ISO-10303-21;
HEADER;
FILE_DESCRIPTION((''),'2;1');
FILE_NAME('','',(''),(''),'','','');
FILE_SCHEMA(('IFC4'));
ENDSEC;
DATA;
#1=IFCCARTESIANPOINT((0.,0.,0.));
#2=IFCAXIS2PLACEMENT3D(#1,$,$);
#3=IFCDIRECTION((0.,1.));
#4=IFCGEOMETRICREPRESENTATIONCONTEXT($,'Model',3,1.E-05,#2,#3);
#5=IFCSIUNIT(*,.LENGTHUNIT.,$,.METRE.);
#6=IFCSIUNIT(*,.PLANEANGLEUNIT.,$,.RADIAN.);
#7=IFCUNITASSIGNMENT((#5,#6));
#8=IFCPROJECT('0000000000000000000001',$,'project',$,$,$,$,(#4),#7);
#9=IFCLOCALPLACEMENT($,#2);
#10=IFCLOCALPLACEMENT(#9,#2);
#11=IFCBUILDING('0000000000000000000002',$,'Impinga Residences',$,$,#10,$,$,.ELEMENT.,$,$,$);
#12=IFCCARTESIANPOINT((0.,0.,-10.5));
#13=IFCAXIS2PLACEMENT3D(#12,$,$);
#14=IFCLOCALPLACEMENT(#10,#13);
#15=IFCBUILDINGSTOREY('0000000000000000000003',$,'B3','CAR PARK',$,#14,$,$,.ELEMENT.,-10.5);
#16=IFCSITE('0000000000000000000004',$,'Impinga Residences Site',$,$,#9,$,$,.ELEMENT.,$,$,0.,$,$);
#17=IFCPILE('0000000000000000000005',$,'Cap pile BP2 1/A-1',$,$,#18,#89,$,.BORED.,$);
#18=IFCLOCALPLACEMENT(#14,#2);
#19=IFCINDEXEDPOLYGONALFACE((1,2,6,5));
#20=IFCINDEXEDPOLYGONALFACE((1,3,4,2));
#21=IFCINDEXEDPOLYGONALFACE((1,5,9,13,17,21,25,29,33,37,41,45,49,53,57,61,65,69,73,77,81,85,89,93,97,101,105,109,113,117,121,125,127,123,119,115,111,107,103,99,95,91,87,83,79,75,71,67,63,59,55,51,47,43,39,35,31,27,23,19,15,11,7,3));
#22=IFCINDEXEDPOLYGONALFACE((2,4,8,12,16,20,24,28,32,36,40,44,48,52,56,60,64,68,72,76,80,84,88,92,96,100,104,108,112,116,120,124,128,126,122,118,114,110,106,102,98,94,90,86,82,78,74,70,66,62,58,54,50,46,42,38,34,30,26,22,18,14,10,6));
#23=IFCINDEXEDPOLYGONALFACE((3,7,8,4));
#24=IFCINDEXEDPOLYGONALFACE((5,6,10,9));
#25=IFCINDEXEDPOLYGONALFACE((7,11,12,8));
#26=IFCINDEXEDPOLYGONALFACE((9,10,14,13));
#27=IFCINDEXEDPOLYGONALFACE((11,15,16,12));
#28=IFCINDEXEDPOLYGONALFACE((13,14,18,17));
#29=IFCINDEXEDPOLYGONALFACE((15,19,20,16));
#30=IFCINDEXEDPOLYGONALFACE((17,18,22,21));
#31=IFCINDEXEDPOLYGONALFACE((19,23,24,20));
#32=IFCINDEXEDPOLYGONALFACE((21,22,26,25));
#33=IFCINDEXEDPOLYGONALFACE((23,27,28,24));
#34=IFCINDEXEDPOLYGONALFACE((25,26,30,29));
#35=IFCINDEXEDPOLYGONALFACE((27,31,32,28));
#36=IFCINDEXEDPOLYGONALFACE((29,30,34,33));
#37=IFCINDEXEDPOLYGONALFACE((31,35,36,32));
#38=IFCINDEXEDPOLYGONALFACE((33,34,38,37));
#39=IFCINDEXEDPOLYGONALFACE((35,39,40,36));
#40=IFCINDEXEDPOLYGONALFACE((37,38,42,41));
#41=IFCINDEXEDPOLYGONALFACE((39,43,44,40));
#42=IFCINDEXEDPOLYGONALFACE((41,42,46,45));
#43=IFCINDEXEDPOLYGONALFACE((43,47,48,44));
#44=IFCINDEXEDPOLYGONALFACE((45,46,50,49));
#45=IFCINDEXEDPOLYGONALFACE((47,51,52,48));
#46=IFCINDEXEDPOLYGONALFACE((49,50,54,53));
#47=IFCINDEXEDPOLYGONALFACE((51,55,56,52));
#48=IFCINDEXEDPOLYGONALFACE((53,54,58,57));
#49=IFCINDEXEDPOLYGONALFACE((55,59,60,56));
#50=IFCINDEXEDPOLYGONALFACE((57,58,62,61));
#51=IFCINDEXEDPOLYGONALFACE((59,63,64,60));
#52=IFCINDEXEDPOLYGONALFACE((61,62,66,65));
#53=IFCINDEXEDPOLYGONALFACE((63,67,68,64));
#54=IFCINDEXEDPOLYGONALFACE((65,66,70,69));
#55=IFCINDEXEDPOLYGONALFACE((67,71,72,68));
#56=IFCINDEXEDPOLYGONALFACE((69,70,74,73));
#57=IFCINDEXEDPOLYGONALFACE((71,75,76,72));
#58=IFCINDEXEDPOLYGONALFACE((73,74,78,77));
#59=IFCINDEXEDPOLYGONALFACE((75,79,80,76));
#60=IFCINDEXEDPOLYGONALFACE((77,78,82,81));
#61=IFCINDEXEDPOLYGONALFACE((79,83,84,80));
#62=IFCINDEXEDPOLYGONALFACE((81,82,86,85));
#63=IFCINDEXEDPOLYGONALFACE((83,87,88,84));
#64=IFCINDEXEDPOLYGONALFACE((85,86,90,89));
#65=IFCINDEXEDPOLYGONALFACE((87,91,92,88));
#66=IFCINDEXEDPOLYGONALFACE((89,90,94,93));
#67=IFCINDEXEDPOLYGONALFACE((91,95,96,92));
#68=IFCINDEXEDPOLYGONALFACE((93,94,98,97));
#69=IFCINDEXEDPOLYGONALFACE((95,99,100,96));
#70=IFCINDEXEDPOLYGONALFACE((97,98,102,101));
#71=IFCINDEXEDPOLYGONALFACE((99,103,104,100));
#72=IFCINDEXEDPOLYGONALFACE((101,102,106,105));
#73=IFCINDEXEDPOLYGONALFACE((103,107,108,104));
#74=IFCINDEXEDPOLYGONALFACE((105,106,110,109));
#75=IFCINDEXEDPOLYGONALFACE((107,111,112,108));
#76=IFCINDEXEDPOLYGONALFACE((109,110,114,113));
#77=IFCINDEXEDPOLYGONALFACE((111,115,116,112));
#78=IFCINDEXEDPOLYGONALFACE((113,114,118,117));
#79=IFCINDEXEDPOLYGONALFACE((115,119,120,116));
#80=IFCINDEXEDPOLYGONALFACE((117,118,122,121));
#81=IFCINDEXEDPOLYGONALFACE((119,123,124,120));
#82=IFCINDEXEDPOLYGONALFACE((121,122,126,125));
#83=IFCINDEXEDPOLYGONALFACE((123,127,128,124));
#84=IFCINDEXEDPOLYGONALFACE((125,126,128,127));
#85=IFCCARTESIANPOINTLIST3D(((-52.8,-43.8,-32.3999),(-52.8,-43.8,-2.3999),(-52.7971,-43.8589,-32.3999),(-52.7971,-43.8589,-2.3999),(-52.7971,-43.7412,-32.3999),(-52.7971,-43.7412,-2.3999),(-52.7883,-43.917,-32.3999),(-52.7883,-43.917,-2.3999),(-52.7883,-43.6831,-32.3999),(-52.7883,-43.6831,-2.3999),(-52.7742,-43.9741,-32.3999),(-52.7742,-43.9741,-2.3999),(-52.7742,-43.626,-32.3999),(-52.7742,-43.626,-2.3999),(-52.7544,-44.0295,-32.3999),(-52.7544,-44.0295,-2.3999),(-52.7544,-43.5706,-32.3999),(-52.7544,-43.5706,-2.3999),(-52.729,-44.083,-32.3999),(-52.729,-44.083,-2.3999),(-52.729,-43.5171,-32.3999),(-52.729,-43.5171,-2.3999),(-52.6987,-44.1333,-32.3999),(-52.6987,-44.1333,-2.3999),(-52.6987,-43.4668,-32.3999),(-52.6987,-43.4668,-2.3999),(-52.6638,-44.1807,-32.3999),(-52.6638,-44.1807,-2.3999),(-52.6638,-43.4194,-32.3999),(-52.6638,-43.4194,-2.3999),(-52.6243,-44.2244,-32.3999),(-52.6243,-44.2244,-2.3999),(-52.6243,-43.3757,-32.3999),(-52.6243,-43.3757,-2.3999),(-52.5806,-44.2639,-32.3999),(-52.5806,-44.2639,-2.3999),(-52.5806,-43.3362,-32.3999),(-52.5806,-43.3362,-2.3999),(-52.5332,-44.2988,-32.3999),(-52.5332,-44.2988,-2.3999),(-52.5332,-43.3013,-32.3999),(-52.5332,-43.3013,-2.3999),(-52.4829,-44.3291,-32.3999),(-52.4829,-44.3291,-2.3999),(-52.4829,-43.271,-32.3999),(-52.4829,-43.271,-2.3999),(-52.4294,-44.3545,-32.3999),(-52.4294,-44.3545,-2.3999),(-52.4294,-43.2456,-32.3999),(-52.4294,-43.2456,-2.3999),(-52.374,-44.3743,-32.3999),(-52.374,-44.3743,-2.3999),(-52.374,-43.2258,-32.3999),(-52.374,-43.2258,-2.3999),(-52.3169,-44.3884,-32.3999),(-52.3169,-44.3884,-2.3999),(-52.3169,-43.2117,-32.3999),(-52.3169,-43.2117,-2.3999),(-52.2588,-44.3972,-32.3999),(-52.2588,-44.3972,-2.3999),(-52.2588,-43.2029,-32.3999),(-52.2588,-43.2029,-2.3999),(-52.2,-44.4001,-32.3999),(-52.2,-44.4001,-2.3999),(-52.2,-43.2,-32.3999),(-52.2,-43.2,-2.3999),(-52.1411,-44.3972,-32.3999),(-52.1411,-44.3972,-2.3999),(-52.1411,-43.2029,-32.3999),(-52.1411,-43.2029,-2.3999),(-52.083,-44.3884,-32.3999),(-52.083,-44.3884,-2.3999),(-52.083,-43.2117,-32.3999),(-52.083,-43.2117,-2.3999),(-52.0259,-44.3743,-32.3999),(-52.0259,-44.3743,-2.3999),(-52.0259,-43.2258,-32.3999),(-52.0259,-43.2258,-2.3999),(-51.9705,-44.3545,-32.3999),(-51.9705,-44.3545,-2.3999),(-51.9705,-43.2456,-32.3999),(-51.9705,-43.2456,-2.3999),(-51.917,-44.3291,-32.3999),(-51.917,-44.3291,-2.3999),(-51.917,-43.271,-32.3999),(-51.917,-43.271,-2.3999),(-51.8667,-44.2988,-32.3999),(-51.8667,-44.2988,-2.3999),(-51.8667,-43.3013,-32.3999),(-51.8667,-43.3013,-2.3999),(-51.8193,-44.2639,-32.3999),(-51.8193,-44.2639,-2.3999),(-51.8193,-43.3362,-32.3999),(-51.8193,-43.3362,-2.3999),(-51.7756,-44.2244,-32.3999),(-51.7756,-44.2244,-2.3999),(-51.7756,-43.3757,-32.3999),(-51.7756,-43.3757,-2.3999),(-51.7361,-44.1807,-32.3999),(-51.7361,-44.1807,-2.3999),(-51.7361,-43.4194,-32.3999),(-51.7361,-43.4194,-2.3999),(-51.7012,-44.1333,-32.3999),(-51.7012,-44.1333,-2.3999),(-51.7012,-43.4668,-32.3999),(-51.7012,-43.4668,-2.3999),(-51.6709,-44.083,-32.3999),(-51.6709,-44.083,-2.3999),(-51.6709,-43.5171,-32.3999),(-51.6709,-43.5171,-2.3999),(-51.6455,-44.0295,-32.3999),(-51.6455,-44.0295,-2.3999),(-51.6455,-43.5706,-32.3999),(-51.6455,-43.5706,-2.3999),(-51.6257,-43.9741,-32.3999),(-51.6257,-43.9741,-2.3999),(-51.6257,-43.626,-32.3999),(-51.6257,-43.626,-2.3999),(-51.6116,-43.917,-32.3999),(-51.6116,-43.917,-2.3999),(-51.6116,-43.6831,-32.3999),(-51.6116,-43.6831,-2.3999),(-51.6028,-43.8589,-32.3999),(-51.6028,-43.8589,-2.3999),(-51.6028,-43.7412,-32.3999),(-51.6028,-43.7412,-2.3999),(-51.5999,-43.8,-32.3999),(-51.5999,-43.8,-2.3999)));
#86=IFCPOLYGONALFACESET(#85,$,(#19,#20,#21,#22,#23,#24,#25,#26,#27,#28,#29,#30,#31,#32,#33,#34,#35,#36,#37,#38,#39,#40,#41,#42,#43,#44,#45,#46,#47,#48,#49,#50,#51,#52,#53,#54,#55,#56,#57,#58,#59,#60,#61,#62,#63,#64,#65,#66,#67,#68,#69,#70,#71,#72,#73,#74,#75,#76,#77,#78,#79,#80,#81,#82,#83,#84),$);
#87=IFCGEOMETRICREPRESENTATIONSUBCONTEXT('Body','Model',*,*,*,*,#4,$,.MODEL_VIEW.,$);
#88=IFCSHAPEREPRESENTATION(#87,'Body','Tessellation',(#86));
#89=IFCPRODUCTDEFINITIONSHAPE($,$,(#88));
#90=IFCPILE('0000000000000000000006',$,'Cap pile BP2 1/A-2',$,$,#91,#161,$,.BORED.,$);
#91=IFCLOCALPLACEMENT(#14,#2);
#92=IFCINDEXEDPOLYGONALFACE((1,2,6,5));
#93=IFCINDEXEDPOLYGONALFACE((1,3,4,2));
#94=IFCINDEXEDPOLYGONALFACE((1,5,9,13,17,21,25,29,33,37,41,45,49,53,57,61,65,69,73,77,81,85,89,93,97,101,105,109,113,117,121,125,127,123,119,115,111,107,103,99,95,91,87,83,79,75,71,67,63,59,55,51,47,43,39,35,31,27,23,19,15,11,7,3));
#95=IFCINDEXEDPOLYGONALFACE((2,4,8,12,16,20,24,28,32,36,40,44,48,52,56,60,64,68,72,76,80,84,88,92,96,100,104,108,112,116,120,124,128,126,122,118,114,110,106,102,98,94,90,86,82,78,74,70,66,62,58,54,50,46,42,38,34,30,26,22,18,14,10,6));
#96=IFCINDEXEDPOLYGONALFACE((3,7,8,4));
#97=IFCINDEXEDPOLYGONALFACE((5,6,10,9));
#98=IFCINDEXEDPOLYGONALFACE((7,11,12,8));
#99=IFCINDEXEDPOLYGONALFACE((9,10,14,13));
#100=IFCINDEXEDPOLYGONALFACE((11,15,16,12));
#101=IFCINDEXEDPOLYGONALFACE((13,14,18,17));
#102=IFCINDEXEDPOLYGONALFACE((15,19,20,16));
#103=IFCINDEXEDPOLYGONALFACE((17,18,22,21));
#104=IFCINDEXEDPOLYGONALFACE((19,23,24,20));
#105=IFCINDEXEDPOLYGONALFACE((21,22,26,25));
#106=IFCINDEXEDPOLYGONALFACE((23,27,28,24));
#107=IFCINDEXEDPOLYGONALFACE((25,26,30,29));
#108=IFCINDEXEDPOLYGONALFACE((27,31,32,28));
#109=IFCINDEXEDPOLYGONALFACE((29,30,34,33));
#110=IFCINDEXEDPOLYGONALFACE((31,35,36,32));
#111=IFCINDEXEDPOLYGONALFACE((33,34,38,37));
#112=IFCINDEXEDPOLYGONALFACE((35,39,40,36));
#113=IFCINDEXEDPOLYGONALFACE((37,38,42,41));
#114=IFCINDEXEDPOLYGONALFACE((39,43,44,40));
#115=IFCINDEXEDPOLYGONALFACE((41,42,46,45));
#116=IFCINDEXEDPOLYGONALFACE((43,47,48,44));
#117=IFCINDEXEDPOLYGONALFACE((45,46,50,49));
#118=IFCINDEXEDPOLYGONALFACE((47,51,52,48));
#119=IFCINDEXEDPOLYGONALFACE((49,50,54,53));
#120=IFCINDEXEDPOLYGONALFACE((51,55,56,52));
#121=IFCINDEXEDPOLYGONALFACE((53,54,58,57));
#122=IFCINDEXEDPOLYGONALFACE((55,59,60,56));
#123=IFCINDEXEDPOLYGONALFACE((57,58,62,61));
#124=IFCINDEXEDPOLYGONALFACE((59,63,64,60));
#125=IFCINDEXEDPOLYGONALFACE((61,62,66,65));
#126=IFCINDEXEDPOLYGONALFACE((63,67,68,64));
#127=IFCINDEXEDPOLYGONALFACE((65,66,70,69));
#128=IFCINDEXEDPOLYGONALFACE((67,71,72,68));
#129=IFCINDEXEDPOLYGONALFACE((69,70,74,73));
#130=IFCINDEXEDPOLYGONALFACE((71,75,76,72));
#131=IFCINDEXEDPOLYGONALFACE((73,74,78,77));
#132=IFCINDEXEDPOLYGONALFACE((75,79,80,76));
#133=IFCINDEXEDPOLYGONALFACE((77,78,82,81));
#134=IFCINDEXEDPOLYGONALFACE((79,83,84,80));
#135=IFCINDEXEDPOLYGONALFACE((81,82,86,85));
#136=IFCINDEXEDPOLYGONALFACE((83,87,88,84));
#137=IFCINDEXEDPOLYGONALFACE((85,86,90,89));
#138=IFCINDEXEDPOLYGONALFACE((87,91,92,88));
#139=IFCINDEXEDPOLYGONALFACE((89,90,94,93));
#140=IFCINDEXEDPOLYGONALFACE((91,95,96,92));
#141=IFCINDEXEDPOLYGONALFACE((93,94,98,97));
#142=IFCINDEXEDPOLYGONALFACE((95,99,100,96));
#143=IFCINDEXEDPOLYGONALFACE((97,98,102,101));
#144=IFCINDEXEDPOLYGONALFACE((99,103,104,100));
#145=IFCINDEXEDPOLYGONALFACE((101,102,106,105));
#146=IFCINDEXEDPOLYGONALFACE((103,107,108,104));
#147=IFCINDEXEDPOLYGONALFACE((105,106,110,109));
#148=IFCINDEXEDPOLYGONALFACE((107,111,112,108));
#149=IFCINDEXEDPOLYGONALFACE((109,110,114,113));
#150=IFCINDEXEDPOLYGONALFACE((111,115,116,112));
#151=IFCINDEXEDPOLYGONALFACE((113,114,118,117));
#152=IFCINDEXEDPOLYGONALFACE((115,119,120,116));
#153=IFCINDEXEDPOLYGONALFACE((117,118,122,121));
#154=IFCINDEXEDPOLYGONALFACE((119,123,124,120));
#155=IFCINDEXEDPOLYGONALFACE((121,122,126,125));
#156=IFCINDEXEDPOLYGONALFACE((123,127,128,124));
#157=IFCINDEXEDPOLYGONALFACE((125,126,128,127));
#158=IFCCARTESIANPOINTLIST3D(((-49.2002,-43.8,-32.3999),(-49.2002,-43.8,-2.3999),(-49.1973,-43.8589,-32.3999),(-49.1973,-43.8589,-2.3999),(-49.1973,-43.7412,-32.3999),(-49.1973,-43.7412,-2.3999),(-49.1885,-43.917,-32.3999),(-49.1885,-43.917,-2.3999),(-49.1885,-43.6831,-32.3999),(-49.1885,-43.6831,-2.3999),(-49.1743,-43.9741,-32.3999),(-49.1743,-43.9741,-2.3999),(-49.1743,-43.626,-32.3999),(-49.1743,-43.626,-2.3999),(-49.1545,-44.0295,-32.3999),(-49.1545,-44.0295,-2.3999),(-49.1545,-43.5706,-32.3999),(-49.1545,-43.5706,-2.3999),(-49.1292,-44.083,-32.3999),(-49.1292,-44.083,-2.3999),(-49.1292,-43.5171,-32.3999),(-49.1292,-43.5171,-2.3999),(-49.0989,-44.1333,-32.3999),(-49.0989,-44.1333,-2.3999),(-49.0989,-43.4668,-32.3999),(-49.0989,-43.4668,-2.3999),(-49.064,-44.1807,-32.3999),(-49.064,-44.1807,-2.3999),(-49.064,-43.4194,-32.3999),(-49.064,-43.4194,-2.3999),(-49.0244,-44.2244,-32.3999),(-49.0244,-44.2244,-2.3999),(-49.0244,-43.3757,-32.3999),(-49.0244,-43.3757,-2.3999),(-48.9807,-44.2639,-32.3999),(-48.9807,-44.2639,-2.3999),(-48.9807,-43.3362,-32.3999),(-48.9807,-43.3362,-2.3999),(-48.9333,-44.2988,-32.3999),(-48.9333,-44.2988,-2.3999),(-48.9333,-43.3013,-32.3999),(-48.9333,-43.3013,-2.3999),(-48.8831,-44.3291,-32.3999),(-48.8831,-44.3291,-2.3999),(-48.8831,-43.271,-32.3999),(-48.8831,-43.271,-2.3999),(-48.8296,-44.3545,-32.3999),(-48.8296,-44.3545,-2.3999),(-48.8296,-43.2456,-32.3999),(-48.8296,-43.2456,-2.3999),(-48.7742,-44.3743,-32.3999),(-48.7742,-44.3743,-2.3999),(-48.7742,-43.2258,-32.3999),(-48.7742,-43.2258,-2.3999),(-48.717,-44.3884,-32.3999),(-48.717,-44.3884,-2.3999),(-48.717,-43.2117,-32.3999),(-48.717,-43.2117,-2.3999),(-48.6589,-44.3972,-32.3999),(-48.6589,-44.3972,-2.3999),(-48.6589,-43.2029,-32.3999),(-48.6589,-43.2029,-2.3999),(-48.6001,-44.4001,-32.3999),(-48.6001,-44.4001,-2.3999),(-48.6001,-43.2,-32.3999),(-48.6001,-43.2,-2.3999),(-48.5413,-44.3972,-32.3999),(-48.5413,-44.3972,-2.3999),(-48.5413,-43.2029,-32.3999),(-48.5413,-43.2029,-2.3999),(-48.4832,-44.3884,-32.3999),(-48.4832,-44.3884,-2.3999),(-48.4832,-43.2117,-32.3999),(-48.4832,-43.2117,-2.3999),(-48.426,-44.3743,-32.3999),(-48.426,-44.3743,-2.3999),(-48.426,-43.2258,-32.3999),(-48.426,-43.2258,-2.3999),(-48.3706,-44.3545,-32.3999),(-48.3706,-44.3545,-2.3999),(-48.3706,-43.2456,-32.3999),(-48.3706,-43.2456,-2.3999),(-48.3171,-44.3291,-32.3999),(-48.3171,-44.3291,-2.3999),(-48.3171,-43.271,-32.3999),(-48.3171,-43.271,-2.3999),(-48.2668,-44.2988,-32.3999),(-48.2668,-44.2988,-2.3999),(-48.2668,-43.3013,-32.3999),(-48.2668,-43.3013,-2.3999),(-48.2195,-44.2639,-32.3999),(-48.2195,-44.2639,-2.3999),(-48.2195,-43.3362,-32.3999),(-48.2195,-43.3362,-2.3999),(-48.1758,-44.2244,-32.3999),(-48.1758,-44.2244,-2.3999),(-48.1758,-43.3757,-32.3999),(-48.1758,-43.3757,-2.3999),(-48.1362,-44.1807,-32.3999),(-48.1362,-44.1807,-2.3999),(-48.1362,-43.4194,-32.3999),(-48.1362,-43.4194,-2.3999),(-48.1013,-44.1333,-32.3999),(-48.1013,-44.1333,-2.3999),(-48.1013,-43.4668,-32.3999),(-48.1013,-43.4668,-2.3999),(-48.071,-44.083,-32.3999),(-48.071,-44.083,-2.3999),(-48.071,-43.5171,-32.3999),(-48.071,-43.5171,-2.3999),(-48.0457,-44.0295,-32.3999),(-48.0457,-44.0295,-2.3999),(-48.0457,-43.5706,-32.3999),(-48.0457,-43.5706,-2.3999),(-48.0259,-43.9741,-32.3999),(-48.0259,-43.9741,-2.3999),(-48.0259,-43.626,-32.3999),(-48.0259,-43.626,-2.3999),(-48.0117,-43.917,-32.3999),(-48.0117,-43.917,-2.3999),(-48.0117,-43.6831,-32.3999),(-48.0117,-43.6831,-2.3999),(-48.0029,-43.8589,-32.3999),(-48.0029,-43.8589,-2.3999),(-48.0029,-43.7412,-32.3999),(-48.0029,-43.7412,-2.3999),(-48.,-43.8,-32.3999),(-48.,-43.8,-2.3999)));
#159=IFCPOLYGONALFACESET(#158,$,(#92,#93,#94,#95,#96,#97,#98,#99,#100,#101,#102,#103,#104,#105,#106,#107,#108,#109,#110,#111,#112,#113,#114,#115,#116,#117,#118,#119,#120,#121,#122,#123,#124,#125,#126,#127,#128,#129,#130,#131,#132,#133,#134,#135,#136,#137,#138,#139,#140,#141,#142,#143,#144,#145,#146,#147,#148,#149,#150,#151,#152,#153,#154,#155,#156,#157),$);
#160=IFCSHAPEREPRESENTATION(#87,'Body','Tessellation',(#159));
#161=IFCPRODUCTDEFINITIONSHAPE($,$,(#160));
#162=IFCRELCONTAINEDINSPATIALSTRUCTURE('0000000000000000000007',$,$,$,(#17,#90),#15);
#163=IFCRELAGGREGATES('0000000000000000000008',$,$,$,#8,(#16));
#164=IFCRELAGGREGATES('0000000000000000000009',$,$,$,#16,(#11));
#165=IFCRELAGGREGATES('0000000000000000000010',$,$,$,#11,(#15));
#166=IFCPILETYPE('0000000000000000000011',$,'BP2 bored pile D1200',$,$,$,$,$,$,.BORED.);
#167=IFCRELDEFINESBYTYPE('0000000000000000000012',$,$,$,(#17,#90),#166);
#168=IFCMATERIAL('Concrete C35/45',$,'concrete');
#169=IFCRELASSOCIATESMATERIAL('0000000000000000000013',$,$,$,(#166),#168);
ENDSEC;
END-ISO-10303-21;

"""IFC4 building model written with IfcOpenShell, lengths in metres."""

from ifc_helpers import new_model, si_unit, direction, frame, origin, origin_2d, place, context, subcontext, project, spatial, polyline, circle, outline, extrude, material, material_profile, profile_set, type_object, element, save


model = new_model("IFC4")

# Units and contexts
model_context = context("Model", 3, precision=1e-05, world=origin(), true_north=direction((0.0, 1.0)))
body_context = subcontext(model_context, "Body", "Model", "MODEL_VIEW")
ifc_project = project(units=[si_unit("LENGTHUNIT", "METRE"), si_unit("PLANEANGLEUNIT", "RADIAN")], contexts=[model_context])

# Site, building, storey
site_placement = place(None, origin())
site = spatial("IfcSite", under=ifc_project, at=site_placement, Name="Impinga Residences Site", CompositionType="ELEMENT", RefElevation=0.0)
building_placement = place(site_placement, origin())
building = spatial("IfcBuilding", under=site, at=building_placement, Name="Impinga Residences", CompositionType="ELEMENT")
storey_placement = place(building_placement, frame((0.0, 0.0, -10.5)))
storey = spatial("IfcBuildingStorey", under=building, at=storey_placement, Name="B3", Description="CAR PARK", CompositionType="ELEMENT", Elevation=-10.5)

# Piles
ifc_material_1 = material(Name="Concrete C35/45", Category="concrete")
ifc_material_profile_1 = material_profile(ifc_material_1, circle(Radius=0.6001, at=origin_2d()), Name="D1200")
ifc_profile_set_1 = profile_set([ifc_material_profile_1], Name="Concrete C35/45")
pile_type_1 = type_object("IfcPileType", Name="BP2 bored pile D1200", PredefinedType="BORED", material=ifc_profile_set_1)
pile_1_placement = place(storey_placement, frame((-52.2, -43.8, -2.3999), z_axis=(0.0, 0.0, -1.0), x_axis=(1.0, 0.0, 0.0)))
element("IfcPile", 1, at=pile_1_placement, inside=storey, type_object=pile_type_1, Name="Cap pile BP2 1/A-1", PredefinedType="BORED", context=body_context, shape_type="SweptSolid", body=[
    extrude(outline(polyline([(0.6001, 0.0), (0.5972, 0.0588), (0.5884, 0.1169), (0.5742, 0.1741), (0.5544, 0.2295), (0.5291, 0.283), (0.4988, 0.3333), (0.4639, 0.3806), (0.4243, 0.4243), (0.3806, 0.4639), (0.3333, 0.4988), (0.283, 0.5291), (0.2295, 0.5544), (0.1741, 0.5742), (0.1169, 0.5884), (0.0588, 0.5972), (0.0, 0.6001), (-0.0588, 0.5972), (-0.1169, 0.5884), (-0.1741, 0.5742), (-0.2295, 0.5544), (-0.283, 0.5291), (-0.3333, 0.4988), (-0.3806, 0.4639), (-0.4243, 0.4243), (-0.4639, 0.3806), (-0.4988, 0.3333), (-0.5291, 0.283), (-0.5544, 0.2295), (-0.5742, 0.1741), (-0.5884, 0.1169), (-0.5972, 0.0588), (-0.6001, 0.0), (-0.5972, -0.0588), (-0.5884, -0.1169), (-0.5742, -0.1741), (-0.5544, -0.2295), (-0.5291, -0.283), (-0.4988, -0.3333), (-0.4639, -0.3806), (-0.4243, -0.4243), (-0.3806, -0.4639), (-0.3333, -0.4988), (-0.283, -0.5291), (-0.2295, -0.5544), (-0.1741, -0.5742), (-0.1169, -0.5884), (-0.0588, -0.5972), (0.0, -0.6001), (0.0588, -0.5972), (0.1169, -0.5884), (0.1741, -0.5742), (0.2295, -0.5544), (0.283, -0.5291), (0.3333, -0.4988), (0.3806, -0.4639), (0.4243, -0.4243), (0.4639, -0.3806), (0.4988, -0.3333), (0.5291, -0.283), (0.5544, -0.2295), (0.5742, -0.1741), (0.5884, -0.1169), (0.5972, -0.0588), (0.6001, 0.0)])), origin(), (0.0, 0.0, 1.0), 30.0),
])
pile_2_placement = place(storey_placement, frame((-48.6001, -43.8, -2.3999), z_axis=(0.0, 0.0, -1.0), x_axis=(1.0, 0.0, 0.0)))
element("IfcPile", 2, at=pile_2_placement, inside=storey, type_object=pile_type_1, Name="Cap pile BP2 1/A-2", PredefinedType="BORED", context=body_context, shape_type="SweptSolid", body=[
    extrude(outline(polyline([(0.6001, 0.0), (0.5972, 0.0588), (0.5884, 0.1169), (0.5742, 0.1741), (0.5544, 0.2295), (0.5291, 0.283), (0.4988, 0.3333), (0.4639, 0.3806), (0.4243, 0.4243), (0.3806, 0.4639), (0.3333, 0.4988), (0.283, 0.5291), (0.2295, 0.5544), (0.1741, 0.5742), (0.1169, 0.5884), (0.0588, 0.5972), (0.0, 0.6001), (-0.0588, 0.5972), (-0.1169, 0.5884), (-0.1741, 0.5742), (-0.2295, 0.5544), (-0.283, 0.5291), (-0.3333, 0.4988), (-0.3806, 0.4639), (-0.4243, 0.4243), (-0.4639, 0.3806), (-0.4988, 0.3333), (-0.5291, 0.283), (-0.5544, 0.2295), (-0.5742, 0.1741), (-0.5884, 0.1169), (-0.5972, 0.0588), (-0.6001, 0.0), (-0.5972, -0.0588), (-0.5884, -0.1169), (-0.5742, -0.1741), (-0.5544, -0.2295), (-0.5291, -0.283), (-0.4988, -0.3333), (-0.4639, -0.3806), (-0.4243, -0.4243), (-0.3806, -0.4639), (-0.3333, -0.4988), (-0.283, -0.5291), (-0.2295, -0.5544), (-0.1741, -0.5742), (-0.1169, -0.5884), (-0.0588, -0.5972), (0.0, -0.6001), (0.0588, -0.5972), (0.1169, -0.5884), (0.1741, -0.5742), (0.2295, -0.5544), (0.283, -0.5291), (0.3333, -0.4988), (0.3806, -0.4639), (0.4243, -0.4243), (0.4639, -0.3806), (0.4988, -0.3333), (0.5291, -0.283), (0.5544, -0.2295), (0.5742, -0.1741), (0.5884, -0.1169), (0.5972, -0.0588), (0.6001, 0.0)])), origin(), (0.0, 0.0, 1.0), 30.0),
])

save(model, "model.ifc")
